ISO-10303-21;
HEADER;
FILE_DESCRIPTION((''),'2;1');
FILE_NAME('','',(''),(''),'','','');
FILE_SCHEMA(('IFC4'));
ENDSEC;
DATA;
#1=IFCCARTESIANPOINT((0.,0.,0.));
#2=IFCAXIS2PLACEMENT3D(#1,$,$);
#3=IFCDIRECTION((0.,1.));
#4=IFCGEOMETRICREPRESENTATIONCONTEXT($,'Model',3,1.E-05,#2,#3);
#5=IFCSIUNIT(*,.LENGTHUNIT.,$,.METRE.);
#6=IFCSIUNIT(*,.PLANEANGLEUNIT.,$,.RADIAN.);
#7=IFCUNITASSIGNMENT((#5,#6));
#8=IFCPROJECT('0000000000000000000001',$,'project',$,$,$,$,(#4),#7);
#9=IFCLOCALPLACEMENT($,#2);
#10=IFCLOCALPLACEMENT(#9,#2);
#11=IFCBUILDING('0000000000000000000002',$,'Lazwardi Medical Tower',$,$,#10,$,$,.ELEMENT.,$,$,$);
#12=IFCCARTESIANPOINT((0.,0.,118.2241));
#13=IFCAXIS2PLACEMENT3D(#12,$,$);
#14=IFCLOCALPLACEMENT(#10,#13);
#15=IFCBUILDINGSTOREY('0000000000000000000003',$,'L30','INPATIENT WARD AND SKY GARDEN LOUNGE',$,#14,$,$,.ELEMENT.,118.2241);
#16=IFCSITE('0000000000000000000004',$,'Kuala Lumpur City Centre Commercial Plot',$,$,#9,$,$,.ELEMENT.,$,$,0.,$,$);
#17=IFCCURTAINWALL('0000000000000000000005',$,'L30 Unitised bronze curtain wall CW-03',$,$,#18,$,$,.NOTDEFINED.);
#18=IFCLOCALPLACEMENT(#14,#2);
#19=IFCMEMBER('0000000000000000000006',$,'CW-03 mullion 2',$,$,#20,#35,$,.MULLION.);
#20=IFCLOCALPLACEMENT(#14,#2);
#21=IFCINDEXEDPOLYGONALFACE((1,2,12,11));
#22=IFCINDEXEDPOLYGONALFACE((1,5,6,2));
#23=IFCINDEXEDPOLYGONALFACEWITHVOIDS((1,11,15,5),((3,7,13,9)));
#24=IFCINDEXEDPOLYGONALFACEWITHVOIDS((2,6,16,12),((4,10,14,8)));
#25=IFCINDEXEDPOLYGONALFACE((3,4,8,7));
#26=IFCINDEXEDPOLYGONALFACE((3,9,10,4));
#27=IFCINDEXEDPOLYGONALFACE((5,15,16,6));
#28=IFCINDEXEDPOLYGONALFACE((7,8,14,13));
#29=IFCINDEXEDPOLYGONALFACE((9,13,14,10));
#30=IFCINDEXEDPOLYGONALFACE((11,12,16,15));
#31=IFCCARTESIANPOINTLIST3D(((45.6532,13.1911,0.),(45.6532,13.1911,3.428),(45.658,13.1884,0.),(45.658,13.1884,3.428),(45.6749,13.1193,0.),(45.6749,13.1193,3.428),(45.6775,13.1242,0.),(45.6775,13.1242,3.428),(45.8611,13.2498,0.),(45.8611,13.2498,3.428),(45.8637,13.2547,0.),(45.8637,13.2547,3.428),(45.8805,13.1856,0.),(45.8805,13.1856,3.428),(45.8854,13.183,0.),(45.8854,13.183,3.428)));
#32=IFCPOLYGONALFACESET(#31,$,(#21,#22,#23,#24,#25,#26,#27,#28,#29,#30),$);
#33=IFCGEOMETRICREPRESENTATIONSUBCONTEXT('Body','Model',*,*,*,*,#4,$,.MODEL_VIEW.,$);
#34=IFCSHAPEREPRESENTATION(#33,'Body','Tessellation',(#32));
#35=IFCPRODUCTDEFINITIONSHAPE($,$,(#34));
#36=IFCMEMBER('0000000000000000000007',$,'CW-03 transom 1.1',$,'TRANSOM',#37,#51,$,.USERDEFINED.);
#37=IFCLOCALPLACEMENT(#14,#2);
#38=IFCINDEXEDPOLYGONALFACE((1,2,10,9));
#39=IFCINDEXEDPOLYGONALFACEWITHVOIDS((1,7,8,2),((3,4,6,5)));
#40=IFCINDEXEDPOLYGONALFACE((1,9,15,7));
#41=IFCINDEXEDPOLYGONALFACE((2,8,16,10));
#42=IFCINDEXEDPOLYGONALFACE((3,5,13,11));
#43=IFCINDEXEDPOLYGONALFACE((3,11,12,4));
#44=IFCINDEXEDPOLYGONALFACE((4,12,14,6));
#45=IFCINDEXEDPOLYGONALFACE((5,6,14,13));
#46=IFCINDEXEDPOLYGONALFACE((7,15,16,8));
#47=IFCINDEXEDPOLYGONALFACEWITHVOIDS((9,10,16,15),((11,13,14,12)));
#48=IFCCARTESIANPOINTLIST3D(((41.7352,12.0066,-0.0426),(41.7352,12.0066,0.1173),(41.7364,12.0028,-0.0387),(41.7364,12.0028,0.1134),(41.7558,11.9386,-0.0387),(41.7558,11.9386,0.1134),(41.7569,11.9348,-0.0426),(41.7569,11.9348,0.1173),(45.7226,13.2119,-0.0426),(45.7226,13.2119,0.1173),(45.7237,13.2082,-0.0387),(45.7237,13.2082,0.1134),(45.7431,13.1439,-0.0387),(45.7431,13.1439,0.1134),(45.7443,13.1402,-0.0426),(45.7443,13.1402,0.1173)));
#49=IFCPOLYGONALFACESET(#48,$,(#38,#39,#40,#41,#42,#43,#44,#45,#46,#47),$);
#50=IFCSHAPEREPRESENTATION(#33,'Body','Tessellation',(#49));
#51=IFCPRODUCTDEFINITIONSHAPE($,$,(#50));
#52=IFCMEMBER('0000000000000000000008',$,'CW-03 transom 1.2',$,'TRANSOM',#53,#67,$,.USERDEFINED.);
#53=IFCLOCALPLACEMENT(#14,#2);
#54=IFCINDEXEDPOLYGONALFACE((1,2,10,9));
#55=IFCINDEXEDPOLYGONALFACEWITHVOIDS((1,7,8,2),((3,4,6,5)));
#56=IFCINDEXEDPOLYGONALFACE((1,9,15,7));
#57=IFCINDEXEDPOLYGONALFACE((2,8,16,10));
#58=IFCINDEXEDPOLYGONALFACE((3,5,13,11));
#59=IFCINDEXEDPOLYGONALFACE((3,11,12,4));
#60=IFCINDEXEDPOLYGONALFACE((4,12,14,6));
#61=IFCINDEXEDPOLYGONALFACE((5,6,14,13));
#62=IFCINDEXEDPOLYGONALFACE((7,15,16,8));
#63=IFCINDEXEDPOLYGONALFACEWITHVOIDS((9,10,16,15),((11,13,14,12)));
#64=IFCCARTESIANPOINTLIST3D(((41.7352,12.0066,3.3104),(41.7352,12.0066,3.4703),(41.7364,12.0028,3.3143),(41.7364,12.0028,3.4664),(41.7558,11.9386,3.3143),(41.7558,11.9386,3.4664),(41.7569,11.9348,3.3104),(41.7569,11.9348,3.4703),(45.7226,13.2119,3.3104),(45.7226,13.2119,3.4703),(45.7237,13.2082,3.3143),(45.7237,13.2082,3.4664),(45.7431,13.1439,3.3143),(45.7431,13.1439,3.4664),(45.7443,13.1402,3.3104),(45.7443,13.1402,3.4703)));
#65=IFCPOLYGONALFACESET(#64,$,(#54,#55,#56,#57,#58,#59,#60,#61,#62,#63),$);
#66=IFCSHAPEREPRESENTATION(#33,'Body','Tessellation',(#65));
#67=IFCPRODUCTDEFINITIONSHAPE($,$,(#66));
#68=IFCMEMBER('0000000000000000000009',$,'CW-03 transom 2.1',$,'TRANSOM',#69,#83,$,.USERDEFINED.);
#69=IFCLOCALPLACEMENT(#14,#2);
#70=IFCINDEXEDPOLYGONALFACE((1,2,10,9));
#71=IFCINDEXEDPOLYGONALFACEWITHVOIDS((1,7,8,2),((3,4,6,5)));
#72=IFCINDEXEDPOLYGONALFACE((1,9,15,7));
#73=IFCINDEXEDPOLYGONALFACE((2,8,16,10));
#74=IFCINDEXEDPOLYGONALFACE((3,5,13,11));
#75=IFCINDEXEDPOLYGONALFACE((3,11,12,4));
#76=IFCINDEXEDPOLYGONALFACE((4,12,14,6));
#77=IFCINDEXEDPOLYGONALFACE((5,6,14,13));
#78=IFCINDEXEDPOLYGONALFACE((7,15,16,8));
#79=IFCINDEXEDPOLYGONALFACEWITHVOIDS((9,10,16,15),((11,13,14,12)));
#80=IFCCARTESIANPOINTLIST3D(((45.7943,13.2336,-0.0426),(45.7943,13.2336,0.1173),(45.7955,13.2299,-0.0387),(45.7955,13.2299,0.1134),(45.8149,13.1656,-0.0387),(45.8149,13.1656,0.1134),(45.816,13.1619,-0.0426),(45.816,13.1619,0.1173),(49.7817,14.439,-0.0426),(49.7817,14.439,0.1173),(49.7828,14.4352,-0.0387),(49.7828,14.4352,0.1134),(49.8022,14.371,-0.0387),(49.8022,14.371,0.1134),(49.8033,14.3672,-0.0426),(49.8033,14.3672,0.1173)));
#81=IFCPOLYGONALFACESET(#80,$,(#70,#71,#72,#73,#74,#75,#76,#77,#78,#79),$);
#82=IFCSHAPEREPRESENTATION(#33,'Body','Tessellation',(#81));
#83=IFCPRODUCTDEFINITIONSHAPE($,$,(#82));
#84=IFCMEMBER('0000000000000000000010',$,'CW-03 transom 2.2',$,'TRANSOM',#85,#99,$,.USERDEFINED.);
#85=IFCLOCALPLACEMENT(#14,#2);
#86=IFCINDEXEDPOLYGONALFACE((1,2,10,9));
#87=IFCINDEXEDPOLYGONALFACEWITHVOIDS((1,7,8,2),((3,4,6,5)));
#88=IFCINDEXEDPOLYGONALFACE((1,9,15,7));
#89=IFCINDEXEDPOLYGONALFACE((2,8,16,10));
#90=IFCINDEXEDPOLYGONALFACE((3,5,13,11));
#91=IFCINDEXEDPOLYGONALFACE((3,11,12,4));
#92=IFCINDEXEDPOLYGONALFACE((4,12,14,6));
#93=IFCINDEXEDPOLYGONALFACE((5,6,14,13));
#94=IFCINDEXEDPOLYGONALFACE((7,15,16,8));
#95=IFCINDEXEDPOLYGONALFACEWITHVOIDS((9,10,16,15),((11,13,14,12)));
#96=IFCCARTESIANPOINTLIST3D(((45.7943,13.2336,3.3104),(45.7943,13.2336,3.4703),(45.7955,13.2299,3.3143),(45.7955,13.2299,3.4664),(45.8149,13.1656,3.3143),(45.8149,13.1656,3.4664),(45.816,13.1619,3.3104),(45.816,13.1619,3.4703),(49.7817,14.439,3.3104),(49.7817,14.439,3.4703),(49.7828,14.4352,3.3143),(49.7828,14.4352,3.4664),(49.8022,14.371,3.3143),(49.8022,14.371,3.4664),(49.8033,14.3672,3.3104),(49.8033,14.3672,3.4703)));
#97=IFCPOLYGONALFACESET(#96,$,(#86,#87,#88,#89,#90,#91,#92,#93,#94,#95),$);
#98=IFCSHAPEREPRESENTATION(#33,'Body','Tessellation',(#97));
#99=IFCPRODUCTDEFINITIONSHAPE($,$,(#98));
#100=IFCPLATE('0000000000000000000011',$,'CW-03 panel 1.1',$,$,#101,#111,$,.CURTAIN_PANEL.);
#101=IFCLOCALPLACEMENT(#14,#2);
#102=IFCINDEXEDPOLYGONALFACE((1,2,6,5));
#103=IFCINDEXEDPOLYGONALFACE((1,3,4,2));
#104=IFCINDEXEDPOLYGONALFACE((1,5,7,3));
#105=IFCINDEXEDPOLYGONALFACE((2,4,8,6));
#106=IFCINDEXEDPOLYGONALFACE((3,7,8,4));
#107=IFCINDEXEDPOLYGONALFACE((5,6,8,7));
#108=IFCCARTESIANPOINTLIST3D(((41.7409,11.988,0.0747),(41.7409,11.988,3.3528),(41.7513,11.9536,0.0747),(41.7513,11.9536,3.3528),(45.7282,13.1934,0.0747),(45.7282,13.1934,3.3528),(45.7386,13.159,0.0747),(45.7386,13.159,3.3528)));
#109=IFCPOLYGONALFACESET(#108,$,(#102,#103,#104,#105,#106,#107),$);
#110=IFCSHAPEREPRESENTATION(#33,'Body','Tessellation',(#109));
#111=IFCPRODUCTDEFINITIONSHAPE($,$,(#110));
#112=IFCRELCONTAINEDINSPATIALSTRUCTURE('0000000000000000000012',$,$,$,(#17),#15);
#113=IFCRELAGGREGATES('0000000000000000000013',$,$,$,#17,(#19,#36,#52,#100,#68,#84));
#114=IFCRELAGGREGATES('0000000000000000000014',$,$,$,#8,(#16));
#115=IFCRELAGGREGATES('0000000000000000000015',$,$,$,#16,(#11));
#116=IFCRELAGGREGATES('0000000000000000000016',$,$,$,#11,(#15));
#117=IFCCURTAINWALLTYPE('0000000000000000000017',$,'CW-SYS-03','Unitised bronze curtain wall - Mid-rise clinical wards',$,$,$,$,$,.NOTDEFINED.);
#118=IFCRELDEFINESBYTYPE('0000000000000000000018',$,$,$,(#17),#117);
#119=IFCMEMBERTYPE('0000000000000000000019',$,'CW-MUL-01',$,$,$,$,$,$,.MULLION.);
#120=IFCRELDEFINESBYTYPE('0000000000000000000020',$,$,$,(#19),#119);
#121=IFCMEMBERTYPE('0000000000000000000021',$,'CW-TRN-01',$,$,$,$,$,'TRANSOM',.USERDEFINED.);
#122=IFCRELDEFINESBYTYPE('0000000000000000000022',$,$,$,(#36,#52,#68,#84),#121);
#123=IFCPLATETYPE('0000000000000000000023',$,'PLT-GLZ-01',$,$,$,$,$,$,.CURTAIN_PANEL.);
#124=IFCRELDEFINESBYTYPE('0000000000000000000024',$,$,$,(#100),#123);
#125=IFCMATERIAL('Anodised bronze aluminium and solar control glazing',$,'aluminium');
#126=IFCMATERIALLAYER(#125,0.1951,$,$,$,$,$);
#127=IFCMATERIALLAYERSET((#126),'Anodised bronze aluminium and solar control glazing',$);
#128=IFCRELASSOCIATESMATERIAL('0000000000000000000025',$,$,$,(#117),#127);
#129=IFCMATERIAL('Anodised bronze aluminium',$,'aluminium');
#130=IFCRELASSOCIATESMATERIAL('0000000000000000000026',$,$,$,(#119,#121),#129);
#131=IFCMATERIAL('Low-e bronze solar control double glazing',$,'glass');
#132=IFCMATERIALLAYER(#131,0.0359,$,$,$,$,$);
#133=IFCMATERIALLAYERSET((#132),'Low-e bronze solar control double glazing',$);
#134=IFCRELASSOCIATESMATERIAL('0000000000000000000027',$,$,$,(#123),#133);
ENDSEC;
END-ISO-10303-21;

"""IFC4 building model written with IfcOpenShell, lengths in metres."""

from ifc_helpers import new_model, si_unit, direction, frame, origin, origin_2d, place, context, subcontext, project, spatial, rectangle, hollow_rectangle, extrude, material, layer, layer_set, material_profile, profile_set, type_object, element, aggregate, save


model = new_model("IFC4")

# Units and contexts
model_context = context("Model", 3, precision=1e-05, world=origin(), true_north=direction((0.0, 1.0)))
body_context = subcontext(model_context, "Body", "Model", "MODEL_VIEW")
ifc_project = project(units=[si_unit("LENGTHUNIT", "METRE"), si_unit("PLANEANGLEUNIT", "RADIAN")], contexts=[model_context])

# Site, building, storey
site_placement = place(None, origin())
site = spatial("IfcSite", under=ifc_project, at=site_placement, Name="Kuala Lumpur City Centre Commercial Plot", CompositionType="ELEMENT", RefElevation=0.0)
building_placement = place(site_placement, origin())
building = spatial("IfcBuilding", under=site, at=building_placement, Name="Lazwardi Medical Tower", CompositionType="ELEMENT")
storey_placement = place(building_placement, frame((0.0, 0.0, 118.2241)))
storey = spatial("IfcBuildingStorey", under=building, at=storey_placement, Name="L30", Description="INPATIENT WARD AND SKY GARDEN LOUNGE", CompositionType="ELEMENT", Elevation=118.2241)

# Curtain wall, members, plate
ifc_material_1 = material(Name="Anodised bronze aluminium and solar control glazing", Category="aluminium")
ifc_layer_1 = layer(ifc_material_1, 0.1951)
ifc_layer_set_1 = layer_set([ifc_layer_1], Name="Anodised bronze aluminium and solar control glazing")
curtain_wall_type = type_object("IfcCurtainWallType", Name="CW-SYS-03", Description="Unitised bronze curtain wall - Mid-rise clinical wards", PredefinedType="NOTDEFINED", material=ifc_layer_set_1)
curtain_wall_placement = place(storey_placement, origin())
curtain_wall = element("IfcCurtainWall", 1, at=curtain_wall_placement, inside=storey, type_object=curtain_wall_type, Name="L30 Unitised bronze curtain wall CW-03", PredefinedType="NOTDEFINED")
ifc_material_2 = material(Name="Anodised bronze aluminium", Category="aluminium")
ifc_material_profile_1 = material_profile(ifc_material_2, hollow_rectangle(XDim=0.075, YDim=0.22, WallThickness=0.0039, at=origin_2d()), Name="ALU-MULLION 220x75x4")
ifc_profile_set_1 = profile_set([ifc_material_profile_1], Name="Anodised bronze aluminium")
member_type_1 = type_object("IfcMemberType", Name="CW-MUL-01", PredefinedType="MULLION", material=ifc_profile_set_1)
member_1_placement = place(storey_placement, frame((45.7693, 13.187, 0.0), z_axis=(0.0, 0.0, 1.0), x_axis=(-0.289374, 0.957216, 0.0)))
member_1 = element("IfcMember", 2, at=member_1_placement, type_object=member_type_1, Name="CW-03 mullion 2", PredefinedType="MULLION", context=body_context, shape_type="SweptSolid", body=[
    extrude(hollow_rectangle(XDim=0.075, YDim=0.22, WallThickness=0.0039, at=origin_2d()), origin(), (0.0, 0.0, 1.0), 3.428),
])
ifc_material_profile_2 = material_profile(ifc_material_2, hollow_rectangle(XDim=0.075, YDim=0.1599, WallThickness=0.0039, at=origin_2d()), Name="ALU-TRANSOM 160x75x4")
ifc_profile_set_2 = profile_set([ifc_material_profile_2], Name="Anodised bronze aluminium")
member_type_2 = type_object("IfcMemberType", Name="CW-TRN-01", ElementType="TRANSOM", PredefinedType="USERDEFINED", material=ifc_profile_set_2)
member_2_placement = place(storey_placement, frame((41.7461, 11.9707, 0.0374), z_axis=(0.957221, 0.289358, 0.0), x_axis=(-0.289358, 0.957221, 0.0)))
member_2 = element("IfcMember", 3, at=member_2_placement, type_object=member_type_2, Name="CW-03 transom 1.1", ObjectType="TRANSOM", PredefinedType="USERDEFINED", context=body_context, shape_type="SweptSolid", body=[
    extrude(hollow_rectangle(XDim=0.075, YDim=0.1599, WallThickness=0.0039, at=origin_2d()), origin(), (0.0, 0.0, 1.0), 4.1655),
])
member_3_placement = place(storey_placement, frame((41.7461, 11.9707, 3.3904), z_axis=(0.957221, 0.289358, 0.0), x_axis=(-0.289358, 0.957221, 0.0)))
member_3 = element("IfcMember", 4, at=member_3_placement, type_object=member_type_2, Name="CW-03 transom 1.2", ObjectType="TRANSOM", PredefinedType="USERDEFINED", context=body_context, shape_type="SweptSolid", body=[
    extrude(hollow_rectangle(XDim=0.075, YDim=0.1599, WallThickness=0.0039, at=origin_2d()), origin(), (0.0, 0.0, 1.0), 4.1655),
])
member_4_placement = place(storey_placement, frame((45.8052, 13.1978, 0.0374), z_axis=(0.957221, 0.289358, 0.0), x_axis=(-0.289358, 0.957221, 0.0)))
member_4 = element("IfcMember", 5, at=member_4_placement, type_object=member_type_2, Name="CW-03 transom 2.1", ObjectType="TRANSOM", PredefinedType="USERDEFINED", context=body_context, shape_type="SweptSolid", body=[
    extrude(hollow_rectangle(XDim=0.075, YDim=0.1599, WallThickness=0.0039, at=origin_2d()), origin(), (0.0, 0.0, 1.0), 4.1655),
])
member_5_placement = place(storey_placement, frame((45.8052, 13.1978, 3.3904), z_axis=(0.957221, 0.289358, 0.0), x_axis=(-0.289358, 0.957221, 0.0)))
member_5 = element("IfcMember", 6, at=member_5_placement, type_object=member_type_2, Name="CW-03 transom 2.2", ObjectType="TRANSOM", PredefinedType="USERDEFINED", context=body_context, shape_type="SweptSolid", body=[
    extrude(hollow_rectangle(XDim=0.075, YDim=0.1599, WallThickness=0.0039, at=origin_2d()), origin(), (0.0, 0.0, 1.0), 4.1655),
])
ifc_material_3 = material(Name="Low-e bronze solar control double glazing", Category="glass")
ifc_layer_2 = layer(ifc_material_3, 0.0359)
ifc_layer_set_2 = layer_set([ifc_layer_2], Name="Low-e bronze solar control double glazing")
plate_type = type_object("IfcPlateType", Name="PLT-GLZ-01", PredefinedType="CURTAIN_PANEL", material=ifc_layer_set_2)
plate_placement = place(storey_placement, frame((43.7397, 12.5735, 0.0747), z_axis=(0.0, 0.0, 1.0), x_axis=(0.957216, 0.289374, 0.0)))
plate = element("IfcPlate", 7, at=plate_placement, type_object=plate_type, Name="CW-03 panel 1.1", PredefinedType="CURTAIN_PANEL", context=body_context, shape_type="SweptSolid", body=[
    extrude(rectangle(XDim=4.1655, YDim=0.0359, at=origin_2d()), origin(), (0.0, 0.0, 1.0), 3.2781),
])
aggregate(curtain_wall, [member_1, member_2, member_3, plate, member_4, member_5])

save(model, "model.ifc")
